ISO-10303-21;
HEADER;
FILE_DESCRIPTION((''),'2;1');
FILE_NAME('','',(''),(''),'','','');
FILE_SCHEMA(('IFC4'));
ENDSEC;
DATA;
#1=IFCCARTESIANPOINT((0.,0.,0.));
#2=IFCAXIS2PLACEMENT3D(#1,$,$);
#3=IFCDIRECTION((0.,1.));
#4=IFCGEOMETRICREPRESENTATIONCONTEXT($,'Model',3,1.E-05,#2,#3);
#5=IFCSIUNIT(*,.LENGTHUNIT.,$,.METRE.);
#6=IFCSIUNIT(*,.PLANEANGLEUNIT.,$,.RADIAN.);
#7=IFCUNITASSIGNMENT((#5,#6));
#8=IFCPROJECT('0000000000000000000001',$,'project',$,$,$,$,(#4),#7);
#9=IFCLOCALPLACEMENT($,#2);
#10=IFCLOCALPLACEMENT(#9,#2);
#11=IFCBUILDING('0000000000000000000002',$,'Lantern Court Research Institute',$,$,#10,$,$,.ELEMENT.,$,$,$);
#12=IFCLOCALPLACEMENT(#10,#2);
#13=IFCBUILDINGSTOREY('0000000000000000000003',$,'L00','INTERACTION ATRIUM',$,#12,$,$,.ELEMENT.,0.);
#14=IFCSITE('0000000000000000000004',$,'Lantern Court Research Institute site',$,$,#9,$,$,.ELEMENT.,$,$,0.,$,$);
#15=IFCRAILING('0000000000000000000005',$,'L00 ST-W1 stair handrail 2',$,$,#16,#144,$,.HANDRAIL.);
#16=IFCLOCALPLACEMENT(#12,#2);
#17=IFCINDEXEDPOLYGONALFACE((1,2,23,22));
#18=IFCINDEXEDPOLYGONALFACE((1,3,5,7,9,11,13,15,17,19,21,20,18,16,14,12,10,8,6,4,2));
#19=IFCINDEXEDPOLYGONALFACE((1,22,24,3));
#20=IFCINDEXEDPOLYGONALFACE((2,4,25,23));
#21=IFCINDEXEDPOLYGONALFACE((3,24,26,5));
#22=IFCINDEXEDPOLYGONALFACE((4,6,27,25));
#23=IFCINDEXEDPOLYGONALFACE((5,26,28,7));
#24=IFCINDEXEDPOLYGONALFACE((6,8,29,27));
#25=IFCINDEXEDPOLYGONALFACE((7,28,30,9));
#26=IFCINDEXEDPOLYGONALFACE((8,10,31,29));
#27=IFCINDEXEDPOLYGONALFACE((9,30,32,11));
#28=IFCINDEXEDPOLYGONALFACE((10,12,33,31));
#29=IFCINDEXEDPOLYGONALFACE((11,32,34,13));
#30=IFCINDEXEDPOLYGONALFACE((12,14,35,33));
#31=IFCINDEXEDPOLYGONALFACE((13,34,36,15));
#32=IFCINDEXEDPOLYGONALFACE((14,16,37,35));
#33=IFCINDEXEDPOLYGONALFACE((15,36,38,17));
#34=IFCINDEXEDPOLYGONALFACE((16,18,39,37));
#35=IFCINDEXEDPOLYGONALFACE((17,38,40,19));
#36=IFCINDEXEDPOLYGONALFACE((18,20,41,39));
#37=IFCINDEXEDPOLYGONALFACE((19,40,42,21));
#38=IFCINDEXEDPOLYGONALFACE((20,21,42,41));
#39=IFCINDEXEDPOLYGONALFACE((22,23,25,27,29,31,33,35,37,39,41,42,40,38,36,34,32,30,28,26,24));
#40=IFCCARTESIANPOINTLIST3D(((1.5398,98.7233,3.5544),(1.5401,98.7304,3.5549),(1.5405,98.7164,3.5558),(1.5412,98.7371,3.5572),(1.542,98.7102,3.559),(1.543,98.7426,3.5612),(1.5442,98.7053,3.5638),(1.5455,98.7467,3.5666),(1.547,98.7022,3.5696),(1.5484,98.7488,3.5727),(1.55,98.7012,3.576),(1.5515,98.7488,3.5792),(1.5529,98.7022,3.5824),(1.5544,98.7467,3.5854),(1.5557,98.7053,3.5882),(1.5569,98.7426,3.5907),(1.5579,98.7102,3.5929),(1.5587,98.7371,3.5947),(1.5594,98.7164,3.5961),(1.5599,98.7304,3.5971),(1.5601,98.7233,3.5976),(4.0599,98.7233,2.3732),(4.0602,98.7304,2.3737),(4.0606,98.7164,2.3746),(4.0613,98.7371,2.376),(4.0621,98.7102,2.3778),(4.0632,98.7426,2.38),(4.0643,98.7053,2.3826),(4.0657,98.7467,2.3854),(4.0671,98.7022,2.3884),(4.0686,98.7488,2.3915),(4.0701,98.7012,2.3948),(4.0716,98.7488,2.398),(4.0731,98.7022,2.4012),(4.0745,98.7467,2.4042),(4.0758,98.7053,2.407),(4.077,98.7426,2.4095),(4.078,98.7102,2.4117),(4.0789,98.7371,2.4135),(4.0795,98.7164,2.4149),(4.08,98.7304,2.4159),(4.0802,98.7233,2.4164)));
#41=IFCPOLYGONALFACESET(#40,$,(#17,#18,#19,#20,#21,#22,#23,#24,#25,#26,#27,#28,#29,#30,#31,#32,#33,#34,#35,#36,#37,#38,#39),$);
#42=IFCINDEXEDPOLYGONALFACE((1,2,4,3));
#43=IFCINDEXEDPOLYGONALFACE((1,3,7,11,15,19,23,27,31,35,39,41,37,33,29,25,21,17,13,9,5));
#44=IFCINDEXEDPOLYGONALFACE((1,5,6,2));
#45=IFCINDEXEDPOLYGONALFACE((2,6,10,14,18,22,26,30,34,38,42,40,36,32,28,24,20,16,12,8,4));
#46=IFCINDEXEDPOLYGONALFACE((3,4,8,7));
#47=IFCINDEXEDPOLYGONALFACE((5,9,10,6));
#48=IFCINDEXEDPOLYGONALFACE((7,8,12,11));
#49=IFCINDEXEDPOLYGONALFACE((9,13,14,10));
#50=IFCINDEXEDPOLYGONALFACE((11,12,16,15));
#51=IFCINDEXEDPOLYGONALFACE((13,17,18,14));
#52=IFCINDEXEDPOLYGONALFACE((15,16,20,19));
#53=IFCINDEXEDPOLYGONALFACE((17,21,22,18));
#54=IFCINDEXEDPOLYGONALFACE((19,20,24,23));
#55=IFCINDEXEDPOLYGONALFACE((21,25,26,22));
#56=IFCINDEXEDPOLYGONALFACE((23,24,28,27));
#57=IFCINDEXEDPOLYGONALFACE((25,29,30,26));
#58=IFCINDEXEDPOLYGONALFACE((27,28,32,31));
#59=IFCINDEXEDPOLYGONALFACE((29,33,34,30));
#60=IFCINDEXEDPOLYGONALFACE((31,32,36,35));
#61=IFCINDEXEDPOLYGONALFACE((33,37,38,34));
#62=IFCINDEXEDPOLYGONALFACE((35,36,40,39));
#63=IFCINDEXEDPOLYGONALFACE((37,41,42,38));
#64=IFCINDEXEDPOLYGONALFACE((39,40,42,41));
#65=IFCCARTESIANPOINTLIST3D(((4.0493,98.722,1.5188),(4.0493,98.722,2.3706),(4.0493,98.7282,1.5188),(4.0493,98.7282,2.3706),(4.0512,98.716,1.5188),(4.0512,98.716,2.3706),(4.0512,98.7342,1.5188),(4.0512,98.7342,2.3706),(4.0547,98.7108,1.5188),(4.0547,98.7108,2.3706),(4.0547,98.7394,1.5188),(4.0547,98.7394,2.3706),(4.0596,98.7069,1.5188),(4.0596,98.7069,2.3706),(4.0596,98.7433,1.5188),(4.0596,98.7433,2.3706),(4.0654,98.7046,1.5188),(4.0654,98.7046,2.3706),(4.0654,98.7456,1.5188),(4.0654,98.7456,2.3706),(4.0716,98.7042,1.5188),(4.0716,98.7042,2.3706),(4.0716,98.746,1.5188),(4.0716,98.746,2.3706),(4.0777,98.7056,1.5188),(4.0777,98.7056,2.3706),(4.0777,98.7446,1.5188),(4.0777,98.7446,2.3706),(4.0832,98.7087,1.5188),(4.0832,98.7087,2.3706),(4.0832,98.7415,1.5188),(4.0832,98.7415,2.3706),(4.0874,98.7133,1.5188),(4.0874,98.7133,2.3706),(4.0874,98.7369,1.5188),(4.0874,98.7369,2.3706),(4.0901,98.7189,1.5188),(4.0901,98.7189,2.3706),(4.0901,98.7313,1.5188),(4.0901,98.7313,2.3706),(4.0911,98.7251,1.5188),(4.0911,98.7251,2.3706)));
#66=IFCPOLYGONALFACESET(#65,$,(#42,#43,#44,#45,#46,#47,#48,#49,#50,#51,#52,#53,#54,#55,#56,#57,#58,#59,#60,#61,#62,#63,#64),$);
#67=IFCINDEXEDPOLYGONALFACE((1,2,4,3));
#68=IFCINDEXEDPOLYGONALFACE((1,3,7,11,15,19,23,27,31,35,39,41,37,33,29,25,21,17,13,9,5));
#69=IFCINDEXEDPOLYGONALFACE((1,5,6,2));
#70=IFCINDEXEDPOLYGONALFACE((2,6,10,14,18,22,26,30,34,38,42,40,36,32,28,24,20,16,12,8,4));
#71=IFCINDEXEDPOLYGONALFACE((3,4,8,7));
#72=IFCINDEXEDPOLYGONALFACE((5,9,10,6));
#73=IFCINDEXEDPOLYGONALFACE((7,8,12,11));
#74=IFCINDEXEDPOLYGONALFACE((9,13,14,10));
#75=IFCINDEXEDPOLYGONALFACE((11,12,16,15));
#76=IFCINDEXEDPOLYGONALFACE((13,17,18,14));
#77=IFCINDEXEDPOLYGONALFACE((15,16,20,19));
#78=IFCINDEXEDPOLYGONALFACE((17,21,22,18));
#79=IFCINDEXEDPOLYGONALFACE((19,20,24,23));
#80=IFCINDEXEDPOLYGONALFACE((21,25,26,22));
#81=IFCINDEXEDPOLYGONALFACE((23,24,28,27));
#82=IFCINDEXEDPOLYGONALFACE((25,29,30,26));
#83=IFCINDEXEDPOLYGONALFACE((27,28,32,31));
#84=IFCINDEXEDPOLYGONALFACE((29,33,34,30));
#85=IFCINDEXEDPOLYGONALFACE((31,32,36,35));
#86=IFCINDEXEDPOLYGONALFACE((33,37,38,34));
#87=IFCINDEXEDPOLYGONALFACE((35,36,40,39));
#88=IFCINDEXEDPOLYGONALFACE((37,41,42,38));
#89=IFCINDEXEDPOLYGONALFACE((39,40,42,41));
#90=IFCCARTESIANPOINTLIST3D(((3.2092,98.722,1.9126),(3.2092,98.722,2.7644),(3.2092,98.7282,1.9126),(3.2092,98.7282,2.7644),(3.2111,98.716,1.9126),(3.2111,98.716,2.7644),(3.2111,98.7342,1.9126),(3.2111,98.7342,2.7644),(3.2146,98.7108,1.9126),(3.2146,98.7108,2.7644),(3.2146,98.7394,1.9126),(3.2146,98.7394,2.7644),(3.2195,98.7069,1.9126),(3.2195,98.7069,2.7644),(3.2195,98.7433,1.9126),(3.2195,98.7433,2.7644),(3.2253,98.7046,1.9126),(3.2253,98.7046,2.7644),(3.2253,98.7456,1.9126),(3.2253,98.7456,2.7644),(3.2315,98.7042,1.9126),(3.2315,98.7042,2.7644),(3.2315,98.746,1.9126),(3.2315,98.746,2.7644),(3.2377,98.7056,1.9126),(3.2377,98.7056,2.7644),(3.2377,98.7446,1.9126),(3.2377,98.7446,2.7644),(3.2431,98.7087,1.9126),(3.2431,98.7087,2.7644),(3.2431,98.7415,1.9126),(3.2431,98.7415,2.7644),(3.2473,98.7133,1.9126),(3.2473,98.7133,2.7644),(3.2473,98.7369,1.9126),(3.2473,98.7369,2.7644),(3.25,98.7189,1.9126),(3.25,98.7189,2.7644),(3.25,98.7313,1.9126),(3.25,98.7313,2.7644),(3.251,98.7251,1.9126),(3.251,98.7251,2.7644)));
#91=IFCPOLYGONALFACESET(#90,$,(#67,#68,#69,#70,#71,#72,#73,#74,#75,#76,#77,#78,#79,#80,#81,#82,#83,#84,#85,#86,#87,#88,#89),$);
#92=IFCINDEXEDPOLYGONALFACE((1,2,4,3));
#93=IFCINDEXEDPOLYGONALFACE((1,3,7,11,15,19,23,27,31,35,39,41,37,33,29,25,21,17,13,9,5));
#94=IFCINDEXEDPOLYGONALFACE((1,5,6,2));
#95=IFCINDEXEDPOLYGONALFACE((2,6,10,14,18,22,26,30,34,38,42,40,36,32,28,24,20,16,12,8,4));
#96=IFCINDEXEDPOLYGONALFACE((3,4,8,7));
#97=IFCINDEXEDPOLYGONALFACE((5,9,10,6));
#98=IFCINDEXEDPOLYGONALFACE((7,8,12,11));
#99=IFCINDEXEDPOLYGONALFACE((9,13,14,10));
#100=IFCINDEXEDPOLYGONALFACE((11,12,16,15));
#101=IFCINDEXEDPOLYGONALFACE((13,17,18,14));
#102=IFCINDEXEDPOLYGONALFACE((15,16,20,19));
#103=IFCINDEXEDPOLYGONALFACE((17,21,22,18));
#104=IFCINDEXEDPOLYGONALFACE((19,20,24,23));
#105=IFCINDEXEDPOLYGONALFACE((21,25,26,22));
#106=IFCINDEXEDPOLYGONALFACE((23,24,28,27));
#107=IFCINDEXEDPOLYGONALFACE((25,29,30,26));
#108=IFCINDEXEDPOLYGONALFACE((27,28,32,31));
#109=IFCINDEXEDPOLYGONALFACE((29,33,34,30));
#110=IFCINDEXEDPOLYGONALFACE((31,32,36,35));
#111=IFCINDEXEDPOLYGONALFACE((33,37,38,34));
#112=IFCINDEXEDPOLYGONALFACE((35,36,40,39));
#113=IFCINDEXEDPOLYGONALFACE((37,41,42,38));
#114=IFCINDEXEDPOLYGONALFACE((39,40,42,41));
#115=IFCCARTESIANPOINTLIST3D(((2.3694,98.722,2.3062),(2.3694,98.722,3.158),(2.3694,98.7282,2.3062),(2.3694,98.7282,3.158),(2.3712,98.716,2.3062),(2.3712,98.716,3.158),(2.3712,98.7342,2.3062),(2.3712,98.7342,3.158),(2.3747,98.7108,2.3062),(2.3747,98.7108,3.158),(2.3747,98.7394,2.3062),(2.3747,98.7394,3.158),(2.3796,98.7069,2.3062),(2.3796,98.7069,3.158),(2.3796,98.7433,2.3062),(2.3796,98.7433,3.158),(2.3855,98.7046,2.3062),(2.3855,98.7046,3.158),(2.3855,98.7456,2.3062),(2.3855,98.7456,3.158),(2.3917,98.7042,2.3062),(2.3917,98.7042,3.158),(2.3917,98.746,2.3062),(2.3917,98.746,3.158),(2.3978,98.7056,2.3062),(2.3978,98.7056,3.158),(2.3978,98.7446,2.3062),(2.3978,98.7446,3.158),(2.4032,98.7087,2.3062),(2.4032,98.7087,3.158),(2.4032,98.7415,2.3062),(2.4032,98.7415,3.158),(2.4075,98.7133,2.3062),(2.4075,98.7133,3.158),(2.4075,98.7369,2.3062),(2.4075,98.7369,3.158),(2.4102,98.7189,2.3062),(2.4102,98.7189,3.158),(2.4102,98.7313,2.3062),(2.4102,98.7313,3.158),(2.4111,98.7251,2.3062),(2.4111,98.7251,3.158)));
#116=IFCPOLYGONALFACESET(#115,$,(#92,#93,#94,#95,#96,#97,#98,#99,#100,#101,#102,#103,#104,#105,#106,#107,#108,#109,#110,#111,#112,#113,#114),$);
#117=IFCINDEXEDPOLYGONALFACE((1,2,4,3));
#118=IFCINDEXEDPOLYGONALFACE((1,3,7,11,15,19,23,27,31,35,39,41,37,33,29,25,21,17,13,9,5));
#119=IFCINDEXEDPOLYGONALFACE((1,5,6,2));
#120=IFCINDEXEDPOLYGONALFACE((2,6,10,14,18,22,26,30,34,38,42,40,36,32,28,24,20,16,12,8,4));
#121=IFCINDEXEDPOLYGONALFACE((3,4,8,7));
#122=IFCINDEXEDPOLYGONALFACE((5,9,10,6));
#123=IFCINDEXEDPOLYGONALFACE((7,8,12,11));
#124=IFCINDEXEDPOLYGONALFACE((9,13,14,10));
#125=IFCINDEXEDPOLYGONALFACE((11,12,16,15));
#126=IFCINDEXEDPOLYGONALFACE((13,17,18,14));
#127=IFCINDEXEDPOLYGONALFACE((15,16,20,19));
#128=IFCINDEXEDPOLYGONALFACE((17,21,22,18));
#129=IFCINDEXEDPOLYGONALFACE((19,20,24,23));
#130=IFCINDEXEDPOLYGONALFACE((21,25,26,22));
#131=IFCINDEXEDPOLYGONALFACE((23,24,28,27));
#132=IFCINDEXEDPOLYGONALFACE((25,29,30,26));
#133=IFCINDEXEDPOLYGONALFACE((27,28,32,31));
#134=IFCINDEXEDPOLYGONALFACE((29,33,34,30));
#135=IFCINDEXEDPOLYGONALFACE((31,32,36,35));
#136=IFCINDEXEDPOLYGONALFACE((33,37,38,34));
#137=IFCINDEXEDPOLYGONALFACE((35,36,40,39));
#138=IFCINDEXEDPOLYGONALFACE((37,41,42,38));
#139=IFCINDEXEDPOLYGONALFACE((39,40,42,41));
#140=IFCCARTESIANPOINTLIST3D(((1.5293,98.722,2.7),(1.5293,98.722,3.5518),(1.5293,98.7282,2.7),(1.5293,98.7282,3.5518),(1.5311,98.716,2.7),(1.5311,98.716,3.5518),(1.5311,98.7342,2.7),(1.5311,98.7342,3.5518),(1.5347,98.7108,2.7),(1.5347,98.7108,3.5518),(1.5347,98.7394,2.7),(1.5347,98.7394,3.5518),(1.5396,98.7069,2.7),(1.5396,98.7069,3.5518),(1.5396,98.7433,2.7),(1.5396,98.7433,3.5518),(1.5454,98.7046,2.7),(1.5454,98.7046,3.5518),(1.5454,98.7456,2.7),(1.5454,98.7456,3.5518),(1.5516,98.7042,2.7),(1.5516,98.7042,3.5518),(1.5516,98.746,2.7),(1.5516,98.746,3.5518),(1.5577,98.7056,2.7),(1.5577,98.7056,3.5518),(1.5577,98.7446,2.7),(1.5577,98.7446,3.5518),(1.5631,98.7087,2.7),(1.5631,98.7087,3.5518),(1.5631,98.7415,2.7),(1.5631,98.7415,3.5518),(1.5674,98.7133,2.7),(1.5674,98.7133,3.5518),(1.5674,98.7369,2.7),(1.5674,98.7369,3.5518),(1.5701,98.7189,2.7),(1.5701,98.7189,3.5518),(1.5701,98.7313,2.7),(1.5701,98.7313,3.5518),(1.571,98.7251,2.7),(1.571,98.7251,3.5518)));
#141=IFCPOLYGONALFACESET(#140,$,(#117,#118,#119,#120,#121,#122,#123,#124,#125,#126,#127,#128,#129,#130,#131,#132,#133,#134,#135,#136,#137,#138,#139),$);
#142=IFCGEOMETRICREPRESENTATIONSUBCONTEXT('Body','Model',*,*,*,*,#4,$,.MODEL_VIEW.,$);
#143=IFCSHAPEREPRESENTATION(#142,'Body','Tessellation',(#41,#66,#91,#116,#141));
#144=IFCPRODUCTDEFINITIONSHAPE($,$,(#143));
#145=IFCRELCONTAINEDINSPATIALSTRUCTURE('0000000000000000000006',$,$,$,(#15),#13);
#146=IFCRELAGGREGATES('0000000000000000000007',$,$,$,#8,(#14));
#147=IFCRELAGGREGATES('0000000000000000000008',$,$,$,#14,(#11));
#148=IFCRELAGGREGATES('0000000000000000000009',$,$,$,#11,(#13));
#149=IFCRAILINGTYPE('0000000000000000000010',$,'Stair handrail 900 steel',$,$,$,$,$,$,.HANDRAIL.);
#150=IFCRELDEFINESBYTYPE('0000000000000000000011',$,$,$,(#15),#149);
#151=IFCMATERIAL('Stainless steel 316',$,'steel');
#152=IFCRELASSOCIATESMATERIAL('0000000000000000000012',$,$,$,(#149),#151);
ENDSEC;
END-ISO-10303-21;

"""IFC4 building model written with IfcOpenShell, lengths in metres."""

from ifc_helpers import new_model, si_unit, direction, frame, origin, origin_2d, place, context, subcontext, project, spatial, circle, extrude, material, type_object, element, save


model = new_model("IFC4")

# Units and contexts
model_context = context("Model", 3, precision=1e-05, world=origin(), true_north=direction((0.0, 1.0)))
body_context = subcontext(model_context, "Body", "Model", "MODEL_VIEW")
ifc_project = project(units=[si_unit("LENGTHUNIT", "METRE"), si_unit("PLANEANGLEUNIT", "RADIAN")], contexts=[model_context])

# Site, building, storey
site_placement = place(None, origin())
site = spatial("IfcSite", under=ifc_project, at=site_placement, Name="Lantern Court Research Institute site", CompositionType="ELEMENT", RefElevation=0.0)
building_placement = place(site_placement, origin())
building = spatial("IfcBuilding", under=site, at=building_placement, Name="Lantern Court Research Institute", CompositionType="ELEMENT")
storey_placement = place(building_placement, origin())
storey = spatial("IfcBuildingStorey", under=building, at=storey_placement, Name="L00", Description="INTERACTION ATRIUM", CompositionType="ELEMENT", Elevation=0.0)

# Railing
ifc_material_1 = material(Name="Stainless steel 316", Category="steel")
railing_type_1 = type_object("IfcRailingType", Name="Stair handrail 900 steel", PredefinedType="HANDRAIL", material=ifc_material_1)
for number, where, name in (
    (1, (4.0701, 98.7251, 1.5188), "L00 ST-W1 stair handrail 2"),
):
    element("IfcRailing", number, at=place(storey_placement, frame(where)), inside=storey, type_object=railing_type_1, Name=name, PredefinedType="HANDRAIL", context=body_context, shape_type="SweptSolid", body=[
        extrude(circle(Radius=0.0239, at=origin_2d()), frame((0.0, 0.0, 0.876), z_axis=(-0.905474, 0.0, 0.424402), x_axis=(0.0, -1.0, 0.0)), (0.0, 0.0, 1.0), 2.7832),
        extrude(circle(Radius=0.021, at=origin_2d()), origin(), (0.0, 0.0, 1.0), 0.8518),
        extrude(circle(Radius=0.021, at=origin_2d()), frame((-0.8401, 0.0, 0.3938)), (0.0, 0.0, 1.0), 0.8518),
        extrude(circle(Radius=0.021, at=origin_2d()), frame((-1.6799, 0.0, 0.7874)), (0.0, 0.0, 1.0), 0.8518),
        extrude(circle(Radius=0.021, at=origin_2d()), frame((-2.52, 0.0, 1.1812)), (0.0, 0.0, 1.0), 0.8518),
    ])

save(model, "model.ifc")
